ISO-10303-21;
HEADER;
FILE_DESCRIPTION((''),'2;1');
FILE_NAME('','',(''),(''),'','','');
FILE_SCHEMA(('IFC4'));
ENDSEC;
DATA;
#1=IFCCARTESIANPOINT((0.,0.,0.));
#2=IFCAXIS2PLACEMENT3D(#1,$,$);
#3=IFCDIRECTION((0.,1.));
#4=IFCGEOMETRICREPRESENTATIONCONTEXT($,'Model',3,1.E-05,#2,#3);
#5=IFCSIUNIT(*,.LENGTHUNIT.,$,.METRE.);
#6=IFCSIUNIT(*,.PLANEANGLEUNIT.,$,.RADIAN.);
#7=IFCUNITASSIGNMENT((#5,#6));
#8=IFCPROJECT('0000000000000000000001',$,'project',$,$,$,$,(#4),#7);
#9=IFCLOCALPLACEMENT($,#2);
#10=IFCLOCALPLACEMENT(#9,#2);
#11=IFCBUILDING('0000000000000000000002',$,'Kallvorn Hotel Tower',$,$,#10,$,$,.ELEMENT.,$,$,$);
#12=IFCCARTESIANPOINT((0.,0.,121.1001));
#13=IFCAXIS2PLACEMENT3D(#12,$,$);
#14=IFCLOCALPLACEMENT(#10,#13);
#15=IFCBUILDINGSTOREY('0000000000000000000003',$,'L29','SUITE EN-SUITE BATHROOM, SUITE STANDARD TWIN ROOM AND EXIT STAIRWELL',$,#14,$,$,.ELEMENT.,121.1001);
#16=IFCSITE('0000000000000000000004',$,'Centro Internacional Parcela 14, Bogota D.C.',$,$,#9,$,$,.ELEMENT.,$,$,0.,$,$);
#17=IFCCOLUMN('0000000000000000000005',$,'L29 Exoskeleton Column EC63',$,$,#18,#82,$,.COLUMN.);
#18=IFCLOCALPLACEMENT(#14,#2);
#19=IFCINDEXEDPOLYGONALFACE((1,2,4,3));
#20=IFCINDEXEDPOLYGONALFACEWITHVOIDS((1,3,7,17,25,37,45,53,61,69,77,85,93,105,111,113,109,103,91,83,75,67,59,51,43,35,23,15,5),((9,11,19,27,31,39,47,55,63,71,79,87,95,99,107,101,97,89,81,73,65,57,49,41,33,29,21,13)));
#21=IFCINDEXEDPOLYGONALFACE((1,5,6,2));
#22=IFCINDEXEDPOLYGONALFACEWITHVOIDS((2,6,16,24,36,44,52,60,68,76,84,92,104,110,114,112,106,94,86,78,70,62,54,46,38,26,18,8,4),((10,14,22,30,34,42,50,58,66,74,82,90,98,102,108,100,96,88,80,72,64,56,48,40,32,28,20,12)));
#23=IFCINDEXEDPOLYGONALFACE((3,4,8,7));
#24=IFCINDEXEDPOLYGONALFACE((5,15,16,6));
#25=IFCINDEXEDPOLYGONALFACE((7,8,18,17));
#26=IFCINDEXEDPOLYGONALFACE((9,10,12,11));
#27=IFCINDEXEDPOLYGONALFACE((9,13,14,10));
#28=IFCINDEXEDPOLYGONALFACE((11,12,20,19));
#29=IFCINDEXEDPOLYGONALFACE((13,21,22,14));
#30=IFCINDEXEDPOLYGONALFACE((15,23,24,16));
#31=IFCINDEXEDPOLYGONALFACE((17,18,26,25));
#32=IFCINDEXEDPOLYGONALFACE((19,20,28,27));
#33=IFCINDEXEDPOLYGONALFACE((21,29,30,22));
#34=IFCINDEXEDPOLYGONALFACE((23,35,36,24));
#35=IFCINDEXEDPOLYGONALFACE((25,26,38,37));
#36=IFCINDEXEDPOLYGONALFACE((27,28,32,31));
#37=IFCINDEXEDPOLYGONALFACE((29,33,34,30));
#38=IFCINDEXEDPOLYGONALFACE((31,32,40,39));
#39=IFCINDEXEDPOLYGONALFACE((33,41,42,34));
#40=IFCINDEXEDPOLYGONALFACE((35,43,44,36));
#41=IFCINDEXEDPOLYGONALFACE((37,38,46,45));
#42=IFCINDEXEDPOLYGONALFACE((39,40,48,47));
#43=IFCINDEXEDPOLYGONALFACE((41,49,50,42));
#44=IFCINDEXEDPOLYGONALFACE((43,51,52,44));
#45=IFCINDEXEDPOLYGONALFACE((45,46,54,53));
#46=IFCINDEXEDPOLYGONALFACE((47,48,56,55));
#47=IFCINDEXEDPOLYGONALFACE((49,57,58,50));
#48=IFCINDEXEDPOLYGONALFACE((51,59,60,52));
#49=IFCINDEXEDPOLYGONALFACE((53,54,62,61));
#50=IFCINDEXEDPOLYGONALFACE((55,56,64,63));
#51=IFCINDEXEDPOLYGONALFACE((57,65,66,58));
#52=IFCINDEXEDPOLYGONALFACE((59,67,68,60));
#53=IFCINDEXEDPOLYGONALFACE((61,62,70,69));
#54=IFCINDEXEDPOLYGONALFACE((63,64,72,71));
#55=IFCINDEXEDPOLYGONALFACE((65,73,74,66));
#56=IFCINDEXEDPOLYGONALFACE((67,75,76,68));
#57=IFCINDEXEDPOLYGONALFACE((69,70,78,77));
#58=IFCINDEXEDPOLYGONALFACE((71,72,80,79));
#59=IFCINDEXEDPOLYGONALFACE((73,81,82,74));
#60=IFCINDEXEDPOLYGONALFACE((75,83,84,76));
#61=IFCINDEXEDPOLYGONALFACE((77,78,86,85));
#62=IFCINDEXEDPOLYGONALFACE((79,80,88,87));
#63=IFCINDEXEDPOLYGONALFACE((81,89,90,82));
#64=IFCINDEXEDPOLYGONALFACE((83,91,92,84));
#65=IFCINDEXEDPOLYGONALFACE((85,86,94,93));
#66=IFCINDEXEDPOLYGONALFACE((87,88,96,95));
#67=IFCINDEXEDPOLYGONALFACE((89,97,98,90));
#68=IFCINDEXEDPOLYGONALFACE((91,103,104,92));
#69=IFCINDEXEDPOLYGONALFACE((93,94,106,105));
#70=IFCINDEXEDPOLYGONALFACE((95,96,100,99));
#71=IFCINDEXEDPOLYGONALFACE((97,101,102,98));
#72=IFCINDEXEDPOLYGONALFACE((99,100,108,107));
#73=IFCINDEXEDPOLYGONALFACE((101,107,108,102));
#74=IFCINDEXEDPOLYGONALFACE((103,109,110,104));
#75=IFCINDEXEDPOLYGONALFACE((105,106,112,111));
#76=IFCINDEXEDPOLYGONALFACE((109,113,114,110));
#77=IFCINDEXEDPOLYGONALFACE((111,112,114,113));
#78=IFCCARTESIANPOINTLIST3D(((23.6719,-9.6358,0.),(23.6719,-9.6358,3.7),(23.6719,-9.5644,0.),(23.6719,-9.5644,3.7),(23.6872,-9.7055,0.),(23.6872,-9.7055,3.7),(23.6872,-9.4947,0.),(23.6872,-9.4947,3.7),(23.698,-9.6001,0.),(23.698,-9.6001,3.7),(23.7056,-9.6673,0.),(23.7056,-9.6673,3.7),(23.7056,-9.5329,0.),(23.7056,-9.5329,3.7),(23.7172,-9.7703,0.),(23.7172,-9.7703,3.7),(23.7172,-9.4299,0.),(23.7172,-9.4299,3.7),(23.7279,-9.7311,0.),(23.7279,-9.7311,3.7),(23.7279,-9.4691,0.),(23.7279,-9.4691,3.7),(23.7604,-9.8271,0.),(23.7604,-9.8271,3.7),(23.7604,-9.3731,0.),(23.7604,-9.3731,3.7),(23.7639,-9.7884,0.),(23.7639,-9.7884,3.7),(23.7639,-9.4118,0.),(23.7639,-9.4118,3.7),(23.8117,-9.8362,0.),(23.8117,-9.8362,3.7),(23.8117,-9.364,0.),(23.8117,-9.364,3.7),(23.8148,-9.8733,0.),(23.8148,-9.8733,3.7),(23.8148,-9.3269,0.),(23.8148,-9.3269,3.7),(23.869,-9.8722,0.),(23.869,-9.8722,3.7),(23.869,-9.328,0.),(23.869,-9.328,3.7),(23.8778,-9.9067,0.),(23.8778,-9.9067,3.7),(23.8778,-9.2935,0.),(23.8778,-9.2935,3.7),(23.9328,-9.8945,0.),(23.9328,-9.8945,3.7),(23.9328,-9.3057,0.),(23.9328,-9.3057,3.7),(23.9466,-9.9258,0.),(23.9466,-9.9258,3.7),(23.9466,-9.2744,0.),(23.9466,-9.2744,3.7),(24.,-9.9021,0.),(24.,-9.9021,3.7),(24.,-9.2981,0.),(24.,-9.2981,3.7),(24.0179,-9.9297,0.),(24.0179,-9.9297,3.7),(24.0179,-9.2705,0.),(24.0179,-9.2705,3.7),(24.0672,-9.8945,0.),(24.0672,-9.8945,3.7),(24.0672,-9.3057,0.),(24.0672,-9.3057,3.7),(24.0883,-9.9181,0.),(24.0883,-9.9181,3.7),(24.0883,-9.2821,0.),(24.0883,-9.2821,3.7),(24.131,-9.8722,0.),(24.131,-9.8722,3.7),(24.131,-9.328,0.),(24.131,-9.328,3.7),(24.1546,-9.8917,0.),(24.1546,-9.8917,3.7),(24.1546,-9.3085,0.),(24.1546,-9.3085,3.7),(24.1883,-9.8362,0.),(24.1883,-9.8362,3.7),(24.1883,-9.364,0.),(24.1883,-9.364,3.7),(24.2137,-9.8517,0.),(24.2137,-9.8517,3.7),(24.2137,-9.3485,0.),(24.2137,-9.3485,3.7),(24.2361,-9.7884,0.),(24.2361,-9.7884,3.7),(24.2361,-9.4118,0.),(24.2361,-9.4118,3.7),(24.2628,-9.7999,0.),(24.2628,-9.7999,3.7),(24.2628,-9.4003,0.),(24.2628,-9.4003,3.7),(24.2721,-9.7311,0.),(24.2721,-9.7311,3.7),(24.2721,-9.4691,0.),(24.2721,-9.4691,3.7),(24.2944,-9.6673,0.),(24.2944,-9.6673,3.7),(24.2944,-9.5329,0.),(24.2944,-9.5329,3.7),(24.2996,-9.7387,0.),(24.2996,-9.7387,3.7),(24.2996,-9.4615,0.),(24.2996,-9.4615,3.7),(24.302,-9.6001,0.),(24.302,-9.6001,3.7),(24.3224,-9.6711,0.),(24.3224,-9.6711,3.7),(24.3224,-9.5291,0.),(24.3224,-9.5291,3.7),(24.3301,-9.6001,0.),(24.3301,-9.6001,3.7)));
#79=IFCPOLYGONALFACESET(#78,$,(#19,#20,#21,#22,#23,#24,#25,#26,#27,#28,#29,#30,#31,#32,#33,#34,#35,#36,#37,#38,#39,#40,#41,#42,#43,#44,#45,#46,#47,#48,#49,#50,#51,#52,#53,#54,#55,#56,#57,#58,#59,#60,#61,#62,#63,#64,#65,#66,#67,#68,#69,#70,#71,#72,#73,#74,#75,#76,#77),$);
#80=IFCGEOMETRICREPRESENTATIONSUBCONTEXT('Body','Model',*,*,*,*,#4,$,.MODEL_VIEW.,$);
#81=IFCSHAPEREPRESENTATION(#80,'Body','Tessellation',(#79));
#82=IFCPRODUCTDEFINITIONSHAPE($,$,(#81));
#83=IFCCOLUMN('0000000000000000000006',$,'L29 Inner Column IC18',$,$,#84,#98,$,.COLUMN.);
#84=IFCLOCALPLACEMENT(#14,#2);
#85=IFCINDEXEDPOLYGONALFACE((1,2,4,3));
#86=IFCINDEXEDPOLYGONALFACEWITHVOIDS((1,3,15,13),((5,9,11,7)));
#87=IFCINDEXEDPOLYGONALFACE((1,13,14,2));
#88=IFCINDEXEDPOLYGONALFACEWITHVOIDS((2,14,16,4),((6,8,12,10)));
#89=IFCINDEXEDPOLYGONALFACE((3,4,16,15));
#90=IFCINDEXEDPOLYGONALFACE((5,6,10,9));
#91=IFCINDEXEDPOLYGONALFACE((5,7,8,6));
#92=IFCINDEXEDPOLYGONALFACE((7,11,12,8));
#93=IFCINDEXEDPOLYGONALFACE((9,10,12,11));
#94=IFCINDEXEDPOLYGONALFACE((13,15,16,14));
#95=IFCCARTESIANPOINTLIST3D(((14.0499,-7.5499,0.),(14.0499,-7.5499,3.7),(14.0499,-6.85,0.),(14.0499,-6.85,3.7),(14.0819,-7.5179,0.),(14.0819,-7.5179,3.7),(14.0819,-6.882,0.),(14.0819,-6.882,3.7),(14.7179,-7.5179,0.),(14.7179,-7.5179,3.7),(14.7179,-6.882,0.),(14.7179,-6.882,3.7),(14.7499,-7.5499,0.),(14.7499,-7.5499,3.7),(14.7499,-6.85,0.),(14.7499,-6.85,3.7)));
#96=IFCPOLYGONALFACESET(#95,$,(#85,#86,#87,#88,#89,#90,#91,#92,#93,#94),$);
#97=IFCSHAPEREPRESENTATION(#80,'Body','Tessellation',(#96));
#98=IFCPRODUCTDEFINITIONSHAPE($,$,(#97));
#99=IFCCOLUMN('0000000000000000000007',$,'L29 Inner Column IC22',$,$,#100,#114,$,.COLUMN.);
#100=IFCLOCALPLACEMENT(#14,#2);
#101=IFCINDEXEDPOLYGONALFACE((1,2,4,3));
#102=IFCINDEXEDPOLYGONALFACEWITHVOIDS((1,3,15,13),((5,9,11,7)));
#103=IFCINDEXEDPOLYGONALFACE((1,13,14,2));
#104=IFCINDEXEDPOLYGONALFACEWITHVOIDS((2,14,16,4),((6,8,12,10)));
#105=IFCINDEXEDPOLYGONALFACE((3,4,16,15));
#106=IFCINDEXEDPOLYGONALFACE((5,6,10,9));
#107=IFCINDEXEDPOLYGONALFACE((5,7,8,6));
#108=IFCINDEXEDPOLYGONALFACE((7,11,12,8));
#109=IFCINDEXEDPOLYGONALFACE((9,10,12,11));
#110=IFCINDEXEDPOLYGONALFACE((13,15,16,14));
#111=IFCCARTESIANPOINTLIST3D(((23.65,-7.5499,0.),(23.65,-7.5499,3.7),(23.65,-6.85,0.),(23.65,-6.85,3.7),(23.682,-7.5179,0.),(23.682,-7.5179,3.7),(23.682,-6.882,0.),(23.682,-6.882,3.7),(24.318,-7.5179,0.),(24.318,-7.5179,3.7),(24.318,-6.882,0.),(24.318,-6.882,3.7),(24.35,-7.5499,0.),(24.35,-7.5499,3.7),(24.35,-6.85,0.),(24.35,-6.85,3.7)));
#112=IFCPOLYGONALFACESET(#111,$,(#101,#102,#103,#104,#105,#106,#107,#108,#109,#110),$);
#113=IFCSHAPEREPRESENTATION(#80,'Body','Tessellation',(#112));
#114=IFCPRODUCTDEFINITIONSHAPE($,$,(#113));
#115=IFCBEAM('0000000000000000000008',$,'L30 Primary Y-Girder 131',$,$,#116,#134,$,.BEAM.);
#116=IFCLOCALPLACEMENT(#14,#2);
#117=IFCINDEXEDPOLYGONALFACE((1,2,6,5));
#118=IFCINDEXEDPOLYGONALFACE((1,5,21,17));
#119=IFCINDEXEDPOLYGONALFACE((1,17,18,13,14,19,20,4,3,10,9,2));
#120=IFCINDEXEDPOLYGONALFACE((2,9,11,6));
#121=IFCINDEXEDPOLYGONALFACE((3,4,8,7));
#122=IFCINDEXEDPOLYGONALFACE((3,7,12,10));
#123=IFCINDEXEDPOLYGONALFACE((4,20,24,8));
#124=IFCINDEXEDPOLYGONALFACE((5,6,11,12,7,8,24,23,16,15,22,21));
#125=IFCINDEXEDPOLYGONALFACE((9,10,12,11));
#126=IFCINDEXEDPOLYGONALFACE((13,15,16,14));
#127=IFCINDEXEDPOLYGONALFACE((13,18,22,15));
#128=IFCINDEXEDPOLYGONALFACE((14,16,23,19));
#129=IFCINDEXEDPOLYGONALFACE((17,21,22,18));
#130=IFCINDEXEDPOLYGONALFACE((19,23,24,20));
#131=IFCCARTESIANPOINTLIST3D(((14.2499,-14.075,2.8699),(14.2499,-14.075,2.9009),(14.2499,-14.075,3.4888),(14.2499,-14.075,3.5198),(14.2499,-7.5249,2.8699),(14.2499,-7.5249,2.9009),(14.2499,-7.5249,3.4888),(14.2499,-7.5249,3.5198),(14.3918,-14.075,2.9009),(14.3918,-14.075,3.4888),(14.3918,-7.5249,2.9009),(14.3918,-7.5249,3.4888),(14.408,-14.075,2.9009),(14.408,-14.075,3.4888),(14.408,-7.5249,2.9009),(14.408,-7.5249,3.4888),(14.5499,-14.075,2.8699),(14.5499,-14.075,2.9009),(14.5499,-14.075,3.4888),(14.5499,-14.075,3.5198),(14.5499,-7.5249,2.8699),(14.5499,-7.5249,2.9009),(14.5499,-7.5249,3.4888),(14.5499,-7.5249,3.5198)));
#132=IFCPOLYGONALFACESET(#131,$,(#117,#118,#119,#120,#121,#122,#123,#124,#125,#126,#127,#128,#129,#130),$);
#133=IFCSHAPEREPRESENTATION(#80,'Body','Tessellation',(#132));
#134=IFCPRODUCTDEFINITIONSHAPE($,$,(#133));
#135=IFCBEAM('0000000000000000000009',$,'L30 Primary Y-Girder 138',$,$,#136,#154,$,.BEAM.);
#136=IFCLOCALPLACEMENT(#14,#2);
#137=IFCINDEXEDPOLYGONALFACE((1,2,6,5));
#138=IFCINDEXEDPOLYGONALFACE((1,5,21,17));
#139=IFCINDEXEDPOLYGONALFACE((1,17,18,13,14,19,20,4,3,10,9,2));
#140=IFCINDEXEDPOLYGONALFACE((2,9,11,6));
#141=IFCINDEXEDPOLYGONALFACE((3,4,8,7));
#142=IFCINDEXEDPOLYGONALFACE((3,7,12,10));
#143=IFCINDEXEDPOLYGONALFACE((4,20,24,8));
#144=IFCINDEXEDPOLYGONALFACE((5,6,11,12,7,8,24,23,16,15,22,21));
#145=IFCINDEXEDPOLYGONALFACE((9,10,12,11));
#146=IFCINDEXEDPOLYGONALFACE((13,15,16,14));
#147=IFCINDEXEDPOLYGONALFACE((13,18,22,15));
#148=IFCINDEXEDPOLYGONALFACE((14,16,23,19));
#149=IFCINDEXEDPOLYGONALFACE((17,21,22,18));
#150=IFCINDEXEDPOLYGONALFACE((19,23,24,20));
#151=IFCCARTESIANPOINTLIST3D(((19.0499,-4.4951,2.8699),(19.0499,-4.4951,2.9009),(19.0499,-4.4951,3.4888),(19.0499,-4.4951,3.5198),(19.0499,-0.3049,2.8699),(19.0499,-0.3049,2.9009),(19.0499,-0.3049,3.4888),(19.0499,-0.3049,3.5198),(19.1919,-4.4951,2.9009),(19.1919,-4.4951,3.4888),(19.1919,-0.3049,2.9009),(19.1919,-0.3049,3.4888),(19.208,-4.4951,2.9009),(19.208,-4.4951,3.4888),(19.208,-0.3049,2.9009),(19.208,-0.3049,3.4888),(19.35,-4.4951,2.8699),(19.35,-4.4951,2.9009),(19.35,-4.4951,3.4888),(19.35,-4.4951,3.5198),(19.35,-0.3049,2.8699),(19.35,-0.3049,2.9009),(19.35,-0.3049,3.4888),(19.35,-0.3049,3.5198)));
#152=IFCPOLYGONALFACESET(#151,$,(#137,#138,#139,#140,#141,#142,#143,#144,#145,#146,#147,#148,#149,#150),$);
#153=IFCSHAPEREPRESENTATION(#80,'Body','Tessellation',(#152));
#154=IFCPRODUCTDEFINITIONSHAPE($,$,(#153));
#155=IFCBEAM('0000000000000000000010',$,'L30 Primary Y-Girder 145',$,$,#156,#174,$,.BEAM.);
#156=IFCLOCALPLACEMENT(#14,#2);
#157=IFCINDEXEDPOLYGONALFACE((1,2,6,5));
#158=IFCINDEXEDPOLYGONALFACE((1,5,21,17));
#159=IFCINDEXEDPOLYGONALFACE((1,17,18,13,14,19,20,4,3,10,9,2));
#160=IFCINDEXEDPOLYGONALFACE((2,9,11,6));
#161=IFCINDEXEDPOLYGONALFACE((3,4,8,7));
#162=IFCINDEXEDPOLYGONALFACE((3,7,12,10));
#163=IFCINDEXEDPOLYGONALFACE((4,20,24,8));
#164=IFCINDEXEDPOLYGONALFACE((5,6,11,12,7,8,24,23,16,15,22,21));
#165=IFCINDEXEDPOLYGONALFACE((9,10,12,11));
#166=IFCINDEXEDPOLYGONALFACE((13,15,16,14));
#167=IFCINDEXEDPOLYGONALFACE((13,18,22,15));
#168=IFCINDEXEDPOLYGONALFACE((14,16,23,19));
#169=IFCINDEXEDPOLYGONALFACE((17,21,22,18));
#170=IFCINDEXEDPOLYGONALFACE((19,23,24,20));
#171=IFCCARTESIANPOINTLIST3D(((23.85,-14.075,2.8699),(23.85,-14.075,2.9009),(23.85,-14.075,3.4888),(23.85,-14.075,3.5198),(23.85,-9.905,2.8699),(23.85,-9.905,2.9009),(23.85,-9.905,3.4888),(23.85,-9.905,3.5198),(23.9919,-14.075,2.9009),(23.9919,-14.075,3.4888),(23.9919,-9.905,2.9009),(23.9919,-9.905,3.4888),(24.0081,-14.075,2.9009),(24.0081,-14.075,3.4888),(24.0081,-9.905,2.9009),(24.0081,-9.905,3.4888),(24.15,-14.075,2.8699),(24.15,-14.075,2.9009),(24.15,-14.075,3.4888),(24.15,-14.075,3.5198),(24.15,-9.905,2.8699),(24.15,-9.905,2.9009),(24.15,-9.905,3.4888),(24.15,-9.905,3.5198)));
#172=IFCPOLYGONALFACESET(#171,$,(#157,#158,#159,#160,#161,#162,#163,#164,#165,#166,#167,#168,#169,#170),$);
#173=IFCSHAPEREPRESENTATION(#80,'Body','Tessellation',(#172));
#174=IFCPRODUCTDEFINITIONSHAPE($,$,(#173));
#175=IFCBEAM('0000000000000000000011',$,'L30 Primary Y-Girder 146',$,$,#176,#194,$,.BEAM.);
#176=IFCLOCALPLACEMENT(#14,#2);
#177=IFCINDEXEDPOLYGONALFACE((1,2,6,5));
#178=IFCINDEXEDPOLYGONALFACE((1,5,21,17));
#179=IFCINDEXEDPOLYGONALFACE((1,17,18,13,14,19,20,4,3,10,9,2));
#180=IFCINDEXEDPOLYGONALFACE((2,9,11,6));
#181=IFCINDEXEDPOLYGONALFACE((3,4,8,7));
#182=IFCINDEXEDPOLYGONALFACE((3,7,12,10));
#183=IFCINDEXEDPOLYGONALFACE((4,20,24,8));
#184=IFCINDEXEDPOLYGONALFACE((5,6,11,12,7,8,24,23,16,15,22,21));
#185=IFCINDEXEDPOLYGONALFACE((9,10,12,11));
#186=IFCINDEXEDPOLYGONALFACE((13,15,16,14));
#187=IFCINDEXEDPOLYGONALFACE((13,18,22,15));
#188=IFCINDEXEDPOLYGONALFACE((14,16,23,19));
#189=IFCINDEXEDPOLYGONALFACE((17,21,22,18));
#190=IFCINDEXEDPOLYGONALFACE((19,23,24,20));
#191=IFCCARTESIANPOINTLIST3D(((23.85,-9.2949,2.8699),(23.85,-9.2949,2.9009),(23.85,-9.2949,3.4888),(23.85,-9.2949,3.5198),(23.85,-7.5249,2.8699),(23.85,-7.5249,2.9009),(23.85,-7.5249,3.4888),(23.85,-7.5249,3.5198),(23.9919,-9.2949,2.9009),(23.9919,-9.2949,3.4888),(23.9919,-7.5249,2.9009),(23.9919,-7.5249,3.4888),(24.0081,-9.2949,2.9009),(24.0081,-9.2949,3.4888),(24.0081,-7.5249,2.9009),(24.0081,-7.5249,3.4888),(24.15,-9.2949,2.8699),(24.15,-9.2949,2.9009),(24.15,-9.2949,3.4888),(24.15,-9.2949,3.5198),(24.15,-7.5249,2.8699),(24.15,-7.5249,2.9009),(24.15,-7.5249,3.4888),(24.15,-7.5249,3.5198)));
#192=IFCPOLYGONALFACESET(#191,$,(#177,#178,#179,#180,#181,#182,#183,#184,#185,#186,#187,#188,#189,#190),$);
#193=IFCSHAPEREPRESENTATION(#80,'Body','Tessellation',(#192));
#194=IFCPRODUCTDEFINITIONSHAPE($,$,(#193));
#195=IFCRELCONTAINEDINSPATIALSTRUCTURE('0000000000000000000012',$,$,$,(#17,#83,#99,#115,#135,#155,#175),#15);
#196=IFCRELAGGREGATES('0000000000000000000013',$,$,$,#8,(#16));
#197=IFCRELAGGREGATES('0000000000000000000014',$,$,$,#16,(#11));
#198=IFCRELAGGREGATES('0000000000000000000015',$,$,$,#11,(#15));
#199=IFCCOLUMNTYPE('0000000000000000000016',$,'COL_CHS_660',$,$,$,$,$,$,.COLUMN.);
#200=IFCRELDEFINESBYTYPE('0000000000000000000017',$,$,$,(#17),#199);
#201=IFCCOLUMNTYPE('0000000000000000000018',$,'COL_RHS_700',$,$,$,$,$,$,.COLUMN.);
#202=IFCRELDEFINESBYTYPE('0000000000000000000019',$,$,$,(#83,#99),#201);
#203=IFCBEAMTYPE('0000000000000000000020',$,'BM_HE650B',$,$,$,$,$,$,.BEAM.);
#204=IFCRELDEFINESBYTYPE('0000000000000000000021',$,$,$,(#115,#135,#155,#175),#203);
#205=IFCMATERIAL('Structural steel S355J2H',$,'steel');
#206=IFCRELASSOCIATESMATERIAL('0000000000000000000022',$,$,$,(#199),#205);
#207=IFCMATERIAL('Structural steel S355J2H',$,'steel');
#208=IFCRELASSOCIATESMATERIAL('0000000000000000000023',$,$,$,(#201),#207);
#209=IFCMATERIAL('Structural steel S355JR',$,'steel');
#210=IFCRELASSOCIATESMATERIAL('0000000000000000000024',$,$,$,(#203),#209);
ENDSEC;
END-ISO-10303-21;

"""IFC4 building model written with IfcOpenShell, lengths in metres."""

from ifc_helpers import new_model, si_unit, direction, frame, origin, origin_2d, place, context, subcontext, project, spatial, hollow_rectangle, hollow_circle, i_section, extrude, material, material_profile, profile_set, type_object, element, save


model = new_model("IFC4")

# Units and contexts
model_context = context("Model", 3, precision=1e-05, world=origin(), true_north=direction((0.0, 1.0)))
body_context = subcontext(model_context, "Body", "Model", "MODEL_VIEW")
ifc_project = project(units=[si_unit("LENGTHUNIT", "METRE"), si_unit("PLANEANGLEUNIT", "RADIAN")], contexts=[model_context])

# Site, building, storey
site_placement = place(None, origin())
site = spatial("IfcSite", under=ifc_project, at=site_placement, Name="Centro Internacional Parcela 14, Bogota D.C.", CompositionType="ELEMENT", RefElevation=0.0)
building_placement = place(site_placement, origin())
building = spatial("IfcBuilding", under=site, at=building_placement, Name="Kallvorn Hotel Tower", CompositionType="ELEMENT")
storey_placement = place(building_placement, frame((0.0, 0.0, 121.1001)))
storey = spatial("IfcBuildingStorey", under=building, at=storey_placement, Name="L29", Description="SUITE EN-SUITE BATHROOM, SUITE STANDARD TWIN ROOM AND EXIT STAIRWELL", CompositionType="ELEMENT", Elevation=121.1001)

# Columns
ifc_material_1 = material(Name="Structural steel S355J2H", Category="steel")
ifc_material_profile_1 = material_profile(ifc_material_1, hollow_circle(Radius=0.3301, WallThickness=0.0281, at=origin_2d()), Name="CHS 660x28")
ifc_profile_set_1 = profile_set([ifc_material_profile_1], Name="Structural steel S355J2H")
column_type_1 = type_object("IfcColumnType", Name="COL_CHS_660", PredefinedType="COLUMN", material=ifc_profile_set_1)
for number, where, z_axis, x_axis, name in (
    (1, (24.0, -9.6001, 0.0), (0.0, 0.0, 1.0), (1.0, 0.0, 0.0), "L29 Exoskeleton Column EC63"),
):
    element("IfcColumn", number, at=place(storey_placement, frame(where, z_axis=z_axis, x_axis=x_axis)), inside=storey, type_object=column_type_1, Name=name, PredefinedType="COLUMN", context=body_context, shape_type="SweptSolid", body=[
        extrude(hollow_circle(Radius=0.3301, WallThickness=0.0281, at=origin_2d()), origin(), (0.0, 0.0, 1.0), 3.7),
    ])
ifc_material_2 = material(Name="Structural steel S355J2H", Category="steel")
ifc_material_profile_2 = material_profile(ifc_material_2, hollow_rectangle(XDim=0.7, YDim=0.7, WallThickness=0.032, at=origin_2d()), Name="RHS 700x700x32")
ifc_profile_set_2 = profile_set([ifc_material_profile_2], Name="Structural steel S355J2H")
column_type_2 = type_object("IfcColumnType", Name="COL_RHS_700", PredefinedType="COLUMN", material=ifc_profile_set_2)
for number, where, z_axis, x_axis, name in (
    (2, (14.3999, -7.2, 0.0), (0.0, 0.0, 1.0), (1.0, 0.0, 0.0), "L29 Inner Column IC18"),
    (3, (24.0, -7.2, 0.0), (0.0, 0.0, 1.0), (1.0, 0.0, 0.0), "L29 Inner Column IC22"),
):
    element("IfcColumn", number, at=place(storey_placement, frame(where, z_axis=z_axis, x_axis=x_axis)), inside=storey, type_object=column_type_2, Name=name, PredefinedType="COLUMN", context=body_context, shape_type="SweptSolid", body=[
        extrude(hollow_rectangle(XDim=0.7, YDim=0.7, WallThickness=0.032, at=origin_2d()), origin(), (0.0, 0.0, 1.0), 3.7),
    ])

# Beams
ifc_material_3 = material(Name="Structural steel S355JR", Category="steel")
ifc_material_profile_3 = material_profile(ifc_material_3, i_section(OverallWidth=0.3, OverallDepth=0.6499, WebThickness=0.0161, FlangeThickness=0.031, at=origin_2d()), Name="HE 650 B")
ifc_profile_set_3 = profile_set([ifc_material_profile_3], Name="Structural steel S355JR")
beam_type_1 = type_object("IfcBeamType", Name="BM_HE650B", PredefinedType="BEAM", material=ifc_profile_set_3)
beam_1_placement = place(storey_placement, frame((14.3999, -14.075, 3.1948), z_axis=(0.0, 1.0, 0.0), x_axis=(-1.0, 0.0, 0.0)))
element("IfcBeam", 4, at=beam_1_placement, inside=storey, type_object=beam_type_1, Name="L30 Primary Y-Girder 131", PredefinedType="BEAM", context=body_context, shape_type="SweptSolid", body=[
    extrude(i_section(OverallWidth=0.3, OverallDepth=0.6499, WebThickness=0.0161, FlangeThickness=0.031, at=origin_2d()), origin(), (0.0, 0.0, 1.0), 6.55),
])
beam_2_placement = place(storey_placement, frame((19.2, -4.4951, 3.1948), z_axis=(0.0, 1.0, 0.0), x_axis=(-1.0, 0.0, 0.0)))
element("IfcBeam", 5, at=beam_2_placement, inside=storey, type_object=beam_type_1, Name="L30 Primary Y-Girder 138", PredefinedType="BEAM", context=body_context, shape_type="SweptSolid", body=[
    extrude(i_section(OverallWidth=0.3, OverallDepth=0.6499, WebThickness=0.0161, FlangeThickness=0.031, at=origin_2d()), origin(), (0.0, 0.0, 1.0), 4.1902),
])
beam_3_placement = place(storey_placement, frame((24.0, -14.075, 3.1948), z_axis=(0.0, 1.0, 0.0), x_axis=(-1.0, 0.0, 0.0)))
element("IfcBeam", 6, at=beam_3_placement, inside=storey, type_object=beam_type_1, Name="L30 Primary Y-Girder 145", PredefinedType="BEAM", context=body_context, shape_type="SweptSolid", body=[
    extrude(i_section(OverallWidth=0.3, OverallDepth=0.6499, WebThickness=0.0161, FlangeThickness=0.031, at=origin_2d()), origin(), (0.0, 0.0, 1.0), 4.1699),
])
beam_4_placement = place(storey_placement, frame((24.0, -9.2949, 3.1948), z_axis=(0.0, 1.0, 0.0), x_axis=(-1.0, 0.0, 0.0)))
element("IfcBeam", 7, at=beam_4_placement, inside=storey, type_object=beam_type_1, Name="L30 Primary Y-Girder 146", PredefinedType="BEAM", context=body_context, shape_type="SweptSolid", body=[
    extrude(i_section(OverallWidth=0.3, OverallDepth=0.6499, WebThickness=0.0161, FlangeThickness=0.031, at=origin_2d()), origin(), (0.0, 0.0, 1.0), 1.77),
])

save(model, "model.ifc")
